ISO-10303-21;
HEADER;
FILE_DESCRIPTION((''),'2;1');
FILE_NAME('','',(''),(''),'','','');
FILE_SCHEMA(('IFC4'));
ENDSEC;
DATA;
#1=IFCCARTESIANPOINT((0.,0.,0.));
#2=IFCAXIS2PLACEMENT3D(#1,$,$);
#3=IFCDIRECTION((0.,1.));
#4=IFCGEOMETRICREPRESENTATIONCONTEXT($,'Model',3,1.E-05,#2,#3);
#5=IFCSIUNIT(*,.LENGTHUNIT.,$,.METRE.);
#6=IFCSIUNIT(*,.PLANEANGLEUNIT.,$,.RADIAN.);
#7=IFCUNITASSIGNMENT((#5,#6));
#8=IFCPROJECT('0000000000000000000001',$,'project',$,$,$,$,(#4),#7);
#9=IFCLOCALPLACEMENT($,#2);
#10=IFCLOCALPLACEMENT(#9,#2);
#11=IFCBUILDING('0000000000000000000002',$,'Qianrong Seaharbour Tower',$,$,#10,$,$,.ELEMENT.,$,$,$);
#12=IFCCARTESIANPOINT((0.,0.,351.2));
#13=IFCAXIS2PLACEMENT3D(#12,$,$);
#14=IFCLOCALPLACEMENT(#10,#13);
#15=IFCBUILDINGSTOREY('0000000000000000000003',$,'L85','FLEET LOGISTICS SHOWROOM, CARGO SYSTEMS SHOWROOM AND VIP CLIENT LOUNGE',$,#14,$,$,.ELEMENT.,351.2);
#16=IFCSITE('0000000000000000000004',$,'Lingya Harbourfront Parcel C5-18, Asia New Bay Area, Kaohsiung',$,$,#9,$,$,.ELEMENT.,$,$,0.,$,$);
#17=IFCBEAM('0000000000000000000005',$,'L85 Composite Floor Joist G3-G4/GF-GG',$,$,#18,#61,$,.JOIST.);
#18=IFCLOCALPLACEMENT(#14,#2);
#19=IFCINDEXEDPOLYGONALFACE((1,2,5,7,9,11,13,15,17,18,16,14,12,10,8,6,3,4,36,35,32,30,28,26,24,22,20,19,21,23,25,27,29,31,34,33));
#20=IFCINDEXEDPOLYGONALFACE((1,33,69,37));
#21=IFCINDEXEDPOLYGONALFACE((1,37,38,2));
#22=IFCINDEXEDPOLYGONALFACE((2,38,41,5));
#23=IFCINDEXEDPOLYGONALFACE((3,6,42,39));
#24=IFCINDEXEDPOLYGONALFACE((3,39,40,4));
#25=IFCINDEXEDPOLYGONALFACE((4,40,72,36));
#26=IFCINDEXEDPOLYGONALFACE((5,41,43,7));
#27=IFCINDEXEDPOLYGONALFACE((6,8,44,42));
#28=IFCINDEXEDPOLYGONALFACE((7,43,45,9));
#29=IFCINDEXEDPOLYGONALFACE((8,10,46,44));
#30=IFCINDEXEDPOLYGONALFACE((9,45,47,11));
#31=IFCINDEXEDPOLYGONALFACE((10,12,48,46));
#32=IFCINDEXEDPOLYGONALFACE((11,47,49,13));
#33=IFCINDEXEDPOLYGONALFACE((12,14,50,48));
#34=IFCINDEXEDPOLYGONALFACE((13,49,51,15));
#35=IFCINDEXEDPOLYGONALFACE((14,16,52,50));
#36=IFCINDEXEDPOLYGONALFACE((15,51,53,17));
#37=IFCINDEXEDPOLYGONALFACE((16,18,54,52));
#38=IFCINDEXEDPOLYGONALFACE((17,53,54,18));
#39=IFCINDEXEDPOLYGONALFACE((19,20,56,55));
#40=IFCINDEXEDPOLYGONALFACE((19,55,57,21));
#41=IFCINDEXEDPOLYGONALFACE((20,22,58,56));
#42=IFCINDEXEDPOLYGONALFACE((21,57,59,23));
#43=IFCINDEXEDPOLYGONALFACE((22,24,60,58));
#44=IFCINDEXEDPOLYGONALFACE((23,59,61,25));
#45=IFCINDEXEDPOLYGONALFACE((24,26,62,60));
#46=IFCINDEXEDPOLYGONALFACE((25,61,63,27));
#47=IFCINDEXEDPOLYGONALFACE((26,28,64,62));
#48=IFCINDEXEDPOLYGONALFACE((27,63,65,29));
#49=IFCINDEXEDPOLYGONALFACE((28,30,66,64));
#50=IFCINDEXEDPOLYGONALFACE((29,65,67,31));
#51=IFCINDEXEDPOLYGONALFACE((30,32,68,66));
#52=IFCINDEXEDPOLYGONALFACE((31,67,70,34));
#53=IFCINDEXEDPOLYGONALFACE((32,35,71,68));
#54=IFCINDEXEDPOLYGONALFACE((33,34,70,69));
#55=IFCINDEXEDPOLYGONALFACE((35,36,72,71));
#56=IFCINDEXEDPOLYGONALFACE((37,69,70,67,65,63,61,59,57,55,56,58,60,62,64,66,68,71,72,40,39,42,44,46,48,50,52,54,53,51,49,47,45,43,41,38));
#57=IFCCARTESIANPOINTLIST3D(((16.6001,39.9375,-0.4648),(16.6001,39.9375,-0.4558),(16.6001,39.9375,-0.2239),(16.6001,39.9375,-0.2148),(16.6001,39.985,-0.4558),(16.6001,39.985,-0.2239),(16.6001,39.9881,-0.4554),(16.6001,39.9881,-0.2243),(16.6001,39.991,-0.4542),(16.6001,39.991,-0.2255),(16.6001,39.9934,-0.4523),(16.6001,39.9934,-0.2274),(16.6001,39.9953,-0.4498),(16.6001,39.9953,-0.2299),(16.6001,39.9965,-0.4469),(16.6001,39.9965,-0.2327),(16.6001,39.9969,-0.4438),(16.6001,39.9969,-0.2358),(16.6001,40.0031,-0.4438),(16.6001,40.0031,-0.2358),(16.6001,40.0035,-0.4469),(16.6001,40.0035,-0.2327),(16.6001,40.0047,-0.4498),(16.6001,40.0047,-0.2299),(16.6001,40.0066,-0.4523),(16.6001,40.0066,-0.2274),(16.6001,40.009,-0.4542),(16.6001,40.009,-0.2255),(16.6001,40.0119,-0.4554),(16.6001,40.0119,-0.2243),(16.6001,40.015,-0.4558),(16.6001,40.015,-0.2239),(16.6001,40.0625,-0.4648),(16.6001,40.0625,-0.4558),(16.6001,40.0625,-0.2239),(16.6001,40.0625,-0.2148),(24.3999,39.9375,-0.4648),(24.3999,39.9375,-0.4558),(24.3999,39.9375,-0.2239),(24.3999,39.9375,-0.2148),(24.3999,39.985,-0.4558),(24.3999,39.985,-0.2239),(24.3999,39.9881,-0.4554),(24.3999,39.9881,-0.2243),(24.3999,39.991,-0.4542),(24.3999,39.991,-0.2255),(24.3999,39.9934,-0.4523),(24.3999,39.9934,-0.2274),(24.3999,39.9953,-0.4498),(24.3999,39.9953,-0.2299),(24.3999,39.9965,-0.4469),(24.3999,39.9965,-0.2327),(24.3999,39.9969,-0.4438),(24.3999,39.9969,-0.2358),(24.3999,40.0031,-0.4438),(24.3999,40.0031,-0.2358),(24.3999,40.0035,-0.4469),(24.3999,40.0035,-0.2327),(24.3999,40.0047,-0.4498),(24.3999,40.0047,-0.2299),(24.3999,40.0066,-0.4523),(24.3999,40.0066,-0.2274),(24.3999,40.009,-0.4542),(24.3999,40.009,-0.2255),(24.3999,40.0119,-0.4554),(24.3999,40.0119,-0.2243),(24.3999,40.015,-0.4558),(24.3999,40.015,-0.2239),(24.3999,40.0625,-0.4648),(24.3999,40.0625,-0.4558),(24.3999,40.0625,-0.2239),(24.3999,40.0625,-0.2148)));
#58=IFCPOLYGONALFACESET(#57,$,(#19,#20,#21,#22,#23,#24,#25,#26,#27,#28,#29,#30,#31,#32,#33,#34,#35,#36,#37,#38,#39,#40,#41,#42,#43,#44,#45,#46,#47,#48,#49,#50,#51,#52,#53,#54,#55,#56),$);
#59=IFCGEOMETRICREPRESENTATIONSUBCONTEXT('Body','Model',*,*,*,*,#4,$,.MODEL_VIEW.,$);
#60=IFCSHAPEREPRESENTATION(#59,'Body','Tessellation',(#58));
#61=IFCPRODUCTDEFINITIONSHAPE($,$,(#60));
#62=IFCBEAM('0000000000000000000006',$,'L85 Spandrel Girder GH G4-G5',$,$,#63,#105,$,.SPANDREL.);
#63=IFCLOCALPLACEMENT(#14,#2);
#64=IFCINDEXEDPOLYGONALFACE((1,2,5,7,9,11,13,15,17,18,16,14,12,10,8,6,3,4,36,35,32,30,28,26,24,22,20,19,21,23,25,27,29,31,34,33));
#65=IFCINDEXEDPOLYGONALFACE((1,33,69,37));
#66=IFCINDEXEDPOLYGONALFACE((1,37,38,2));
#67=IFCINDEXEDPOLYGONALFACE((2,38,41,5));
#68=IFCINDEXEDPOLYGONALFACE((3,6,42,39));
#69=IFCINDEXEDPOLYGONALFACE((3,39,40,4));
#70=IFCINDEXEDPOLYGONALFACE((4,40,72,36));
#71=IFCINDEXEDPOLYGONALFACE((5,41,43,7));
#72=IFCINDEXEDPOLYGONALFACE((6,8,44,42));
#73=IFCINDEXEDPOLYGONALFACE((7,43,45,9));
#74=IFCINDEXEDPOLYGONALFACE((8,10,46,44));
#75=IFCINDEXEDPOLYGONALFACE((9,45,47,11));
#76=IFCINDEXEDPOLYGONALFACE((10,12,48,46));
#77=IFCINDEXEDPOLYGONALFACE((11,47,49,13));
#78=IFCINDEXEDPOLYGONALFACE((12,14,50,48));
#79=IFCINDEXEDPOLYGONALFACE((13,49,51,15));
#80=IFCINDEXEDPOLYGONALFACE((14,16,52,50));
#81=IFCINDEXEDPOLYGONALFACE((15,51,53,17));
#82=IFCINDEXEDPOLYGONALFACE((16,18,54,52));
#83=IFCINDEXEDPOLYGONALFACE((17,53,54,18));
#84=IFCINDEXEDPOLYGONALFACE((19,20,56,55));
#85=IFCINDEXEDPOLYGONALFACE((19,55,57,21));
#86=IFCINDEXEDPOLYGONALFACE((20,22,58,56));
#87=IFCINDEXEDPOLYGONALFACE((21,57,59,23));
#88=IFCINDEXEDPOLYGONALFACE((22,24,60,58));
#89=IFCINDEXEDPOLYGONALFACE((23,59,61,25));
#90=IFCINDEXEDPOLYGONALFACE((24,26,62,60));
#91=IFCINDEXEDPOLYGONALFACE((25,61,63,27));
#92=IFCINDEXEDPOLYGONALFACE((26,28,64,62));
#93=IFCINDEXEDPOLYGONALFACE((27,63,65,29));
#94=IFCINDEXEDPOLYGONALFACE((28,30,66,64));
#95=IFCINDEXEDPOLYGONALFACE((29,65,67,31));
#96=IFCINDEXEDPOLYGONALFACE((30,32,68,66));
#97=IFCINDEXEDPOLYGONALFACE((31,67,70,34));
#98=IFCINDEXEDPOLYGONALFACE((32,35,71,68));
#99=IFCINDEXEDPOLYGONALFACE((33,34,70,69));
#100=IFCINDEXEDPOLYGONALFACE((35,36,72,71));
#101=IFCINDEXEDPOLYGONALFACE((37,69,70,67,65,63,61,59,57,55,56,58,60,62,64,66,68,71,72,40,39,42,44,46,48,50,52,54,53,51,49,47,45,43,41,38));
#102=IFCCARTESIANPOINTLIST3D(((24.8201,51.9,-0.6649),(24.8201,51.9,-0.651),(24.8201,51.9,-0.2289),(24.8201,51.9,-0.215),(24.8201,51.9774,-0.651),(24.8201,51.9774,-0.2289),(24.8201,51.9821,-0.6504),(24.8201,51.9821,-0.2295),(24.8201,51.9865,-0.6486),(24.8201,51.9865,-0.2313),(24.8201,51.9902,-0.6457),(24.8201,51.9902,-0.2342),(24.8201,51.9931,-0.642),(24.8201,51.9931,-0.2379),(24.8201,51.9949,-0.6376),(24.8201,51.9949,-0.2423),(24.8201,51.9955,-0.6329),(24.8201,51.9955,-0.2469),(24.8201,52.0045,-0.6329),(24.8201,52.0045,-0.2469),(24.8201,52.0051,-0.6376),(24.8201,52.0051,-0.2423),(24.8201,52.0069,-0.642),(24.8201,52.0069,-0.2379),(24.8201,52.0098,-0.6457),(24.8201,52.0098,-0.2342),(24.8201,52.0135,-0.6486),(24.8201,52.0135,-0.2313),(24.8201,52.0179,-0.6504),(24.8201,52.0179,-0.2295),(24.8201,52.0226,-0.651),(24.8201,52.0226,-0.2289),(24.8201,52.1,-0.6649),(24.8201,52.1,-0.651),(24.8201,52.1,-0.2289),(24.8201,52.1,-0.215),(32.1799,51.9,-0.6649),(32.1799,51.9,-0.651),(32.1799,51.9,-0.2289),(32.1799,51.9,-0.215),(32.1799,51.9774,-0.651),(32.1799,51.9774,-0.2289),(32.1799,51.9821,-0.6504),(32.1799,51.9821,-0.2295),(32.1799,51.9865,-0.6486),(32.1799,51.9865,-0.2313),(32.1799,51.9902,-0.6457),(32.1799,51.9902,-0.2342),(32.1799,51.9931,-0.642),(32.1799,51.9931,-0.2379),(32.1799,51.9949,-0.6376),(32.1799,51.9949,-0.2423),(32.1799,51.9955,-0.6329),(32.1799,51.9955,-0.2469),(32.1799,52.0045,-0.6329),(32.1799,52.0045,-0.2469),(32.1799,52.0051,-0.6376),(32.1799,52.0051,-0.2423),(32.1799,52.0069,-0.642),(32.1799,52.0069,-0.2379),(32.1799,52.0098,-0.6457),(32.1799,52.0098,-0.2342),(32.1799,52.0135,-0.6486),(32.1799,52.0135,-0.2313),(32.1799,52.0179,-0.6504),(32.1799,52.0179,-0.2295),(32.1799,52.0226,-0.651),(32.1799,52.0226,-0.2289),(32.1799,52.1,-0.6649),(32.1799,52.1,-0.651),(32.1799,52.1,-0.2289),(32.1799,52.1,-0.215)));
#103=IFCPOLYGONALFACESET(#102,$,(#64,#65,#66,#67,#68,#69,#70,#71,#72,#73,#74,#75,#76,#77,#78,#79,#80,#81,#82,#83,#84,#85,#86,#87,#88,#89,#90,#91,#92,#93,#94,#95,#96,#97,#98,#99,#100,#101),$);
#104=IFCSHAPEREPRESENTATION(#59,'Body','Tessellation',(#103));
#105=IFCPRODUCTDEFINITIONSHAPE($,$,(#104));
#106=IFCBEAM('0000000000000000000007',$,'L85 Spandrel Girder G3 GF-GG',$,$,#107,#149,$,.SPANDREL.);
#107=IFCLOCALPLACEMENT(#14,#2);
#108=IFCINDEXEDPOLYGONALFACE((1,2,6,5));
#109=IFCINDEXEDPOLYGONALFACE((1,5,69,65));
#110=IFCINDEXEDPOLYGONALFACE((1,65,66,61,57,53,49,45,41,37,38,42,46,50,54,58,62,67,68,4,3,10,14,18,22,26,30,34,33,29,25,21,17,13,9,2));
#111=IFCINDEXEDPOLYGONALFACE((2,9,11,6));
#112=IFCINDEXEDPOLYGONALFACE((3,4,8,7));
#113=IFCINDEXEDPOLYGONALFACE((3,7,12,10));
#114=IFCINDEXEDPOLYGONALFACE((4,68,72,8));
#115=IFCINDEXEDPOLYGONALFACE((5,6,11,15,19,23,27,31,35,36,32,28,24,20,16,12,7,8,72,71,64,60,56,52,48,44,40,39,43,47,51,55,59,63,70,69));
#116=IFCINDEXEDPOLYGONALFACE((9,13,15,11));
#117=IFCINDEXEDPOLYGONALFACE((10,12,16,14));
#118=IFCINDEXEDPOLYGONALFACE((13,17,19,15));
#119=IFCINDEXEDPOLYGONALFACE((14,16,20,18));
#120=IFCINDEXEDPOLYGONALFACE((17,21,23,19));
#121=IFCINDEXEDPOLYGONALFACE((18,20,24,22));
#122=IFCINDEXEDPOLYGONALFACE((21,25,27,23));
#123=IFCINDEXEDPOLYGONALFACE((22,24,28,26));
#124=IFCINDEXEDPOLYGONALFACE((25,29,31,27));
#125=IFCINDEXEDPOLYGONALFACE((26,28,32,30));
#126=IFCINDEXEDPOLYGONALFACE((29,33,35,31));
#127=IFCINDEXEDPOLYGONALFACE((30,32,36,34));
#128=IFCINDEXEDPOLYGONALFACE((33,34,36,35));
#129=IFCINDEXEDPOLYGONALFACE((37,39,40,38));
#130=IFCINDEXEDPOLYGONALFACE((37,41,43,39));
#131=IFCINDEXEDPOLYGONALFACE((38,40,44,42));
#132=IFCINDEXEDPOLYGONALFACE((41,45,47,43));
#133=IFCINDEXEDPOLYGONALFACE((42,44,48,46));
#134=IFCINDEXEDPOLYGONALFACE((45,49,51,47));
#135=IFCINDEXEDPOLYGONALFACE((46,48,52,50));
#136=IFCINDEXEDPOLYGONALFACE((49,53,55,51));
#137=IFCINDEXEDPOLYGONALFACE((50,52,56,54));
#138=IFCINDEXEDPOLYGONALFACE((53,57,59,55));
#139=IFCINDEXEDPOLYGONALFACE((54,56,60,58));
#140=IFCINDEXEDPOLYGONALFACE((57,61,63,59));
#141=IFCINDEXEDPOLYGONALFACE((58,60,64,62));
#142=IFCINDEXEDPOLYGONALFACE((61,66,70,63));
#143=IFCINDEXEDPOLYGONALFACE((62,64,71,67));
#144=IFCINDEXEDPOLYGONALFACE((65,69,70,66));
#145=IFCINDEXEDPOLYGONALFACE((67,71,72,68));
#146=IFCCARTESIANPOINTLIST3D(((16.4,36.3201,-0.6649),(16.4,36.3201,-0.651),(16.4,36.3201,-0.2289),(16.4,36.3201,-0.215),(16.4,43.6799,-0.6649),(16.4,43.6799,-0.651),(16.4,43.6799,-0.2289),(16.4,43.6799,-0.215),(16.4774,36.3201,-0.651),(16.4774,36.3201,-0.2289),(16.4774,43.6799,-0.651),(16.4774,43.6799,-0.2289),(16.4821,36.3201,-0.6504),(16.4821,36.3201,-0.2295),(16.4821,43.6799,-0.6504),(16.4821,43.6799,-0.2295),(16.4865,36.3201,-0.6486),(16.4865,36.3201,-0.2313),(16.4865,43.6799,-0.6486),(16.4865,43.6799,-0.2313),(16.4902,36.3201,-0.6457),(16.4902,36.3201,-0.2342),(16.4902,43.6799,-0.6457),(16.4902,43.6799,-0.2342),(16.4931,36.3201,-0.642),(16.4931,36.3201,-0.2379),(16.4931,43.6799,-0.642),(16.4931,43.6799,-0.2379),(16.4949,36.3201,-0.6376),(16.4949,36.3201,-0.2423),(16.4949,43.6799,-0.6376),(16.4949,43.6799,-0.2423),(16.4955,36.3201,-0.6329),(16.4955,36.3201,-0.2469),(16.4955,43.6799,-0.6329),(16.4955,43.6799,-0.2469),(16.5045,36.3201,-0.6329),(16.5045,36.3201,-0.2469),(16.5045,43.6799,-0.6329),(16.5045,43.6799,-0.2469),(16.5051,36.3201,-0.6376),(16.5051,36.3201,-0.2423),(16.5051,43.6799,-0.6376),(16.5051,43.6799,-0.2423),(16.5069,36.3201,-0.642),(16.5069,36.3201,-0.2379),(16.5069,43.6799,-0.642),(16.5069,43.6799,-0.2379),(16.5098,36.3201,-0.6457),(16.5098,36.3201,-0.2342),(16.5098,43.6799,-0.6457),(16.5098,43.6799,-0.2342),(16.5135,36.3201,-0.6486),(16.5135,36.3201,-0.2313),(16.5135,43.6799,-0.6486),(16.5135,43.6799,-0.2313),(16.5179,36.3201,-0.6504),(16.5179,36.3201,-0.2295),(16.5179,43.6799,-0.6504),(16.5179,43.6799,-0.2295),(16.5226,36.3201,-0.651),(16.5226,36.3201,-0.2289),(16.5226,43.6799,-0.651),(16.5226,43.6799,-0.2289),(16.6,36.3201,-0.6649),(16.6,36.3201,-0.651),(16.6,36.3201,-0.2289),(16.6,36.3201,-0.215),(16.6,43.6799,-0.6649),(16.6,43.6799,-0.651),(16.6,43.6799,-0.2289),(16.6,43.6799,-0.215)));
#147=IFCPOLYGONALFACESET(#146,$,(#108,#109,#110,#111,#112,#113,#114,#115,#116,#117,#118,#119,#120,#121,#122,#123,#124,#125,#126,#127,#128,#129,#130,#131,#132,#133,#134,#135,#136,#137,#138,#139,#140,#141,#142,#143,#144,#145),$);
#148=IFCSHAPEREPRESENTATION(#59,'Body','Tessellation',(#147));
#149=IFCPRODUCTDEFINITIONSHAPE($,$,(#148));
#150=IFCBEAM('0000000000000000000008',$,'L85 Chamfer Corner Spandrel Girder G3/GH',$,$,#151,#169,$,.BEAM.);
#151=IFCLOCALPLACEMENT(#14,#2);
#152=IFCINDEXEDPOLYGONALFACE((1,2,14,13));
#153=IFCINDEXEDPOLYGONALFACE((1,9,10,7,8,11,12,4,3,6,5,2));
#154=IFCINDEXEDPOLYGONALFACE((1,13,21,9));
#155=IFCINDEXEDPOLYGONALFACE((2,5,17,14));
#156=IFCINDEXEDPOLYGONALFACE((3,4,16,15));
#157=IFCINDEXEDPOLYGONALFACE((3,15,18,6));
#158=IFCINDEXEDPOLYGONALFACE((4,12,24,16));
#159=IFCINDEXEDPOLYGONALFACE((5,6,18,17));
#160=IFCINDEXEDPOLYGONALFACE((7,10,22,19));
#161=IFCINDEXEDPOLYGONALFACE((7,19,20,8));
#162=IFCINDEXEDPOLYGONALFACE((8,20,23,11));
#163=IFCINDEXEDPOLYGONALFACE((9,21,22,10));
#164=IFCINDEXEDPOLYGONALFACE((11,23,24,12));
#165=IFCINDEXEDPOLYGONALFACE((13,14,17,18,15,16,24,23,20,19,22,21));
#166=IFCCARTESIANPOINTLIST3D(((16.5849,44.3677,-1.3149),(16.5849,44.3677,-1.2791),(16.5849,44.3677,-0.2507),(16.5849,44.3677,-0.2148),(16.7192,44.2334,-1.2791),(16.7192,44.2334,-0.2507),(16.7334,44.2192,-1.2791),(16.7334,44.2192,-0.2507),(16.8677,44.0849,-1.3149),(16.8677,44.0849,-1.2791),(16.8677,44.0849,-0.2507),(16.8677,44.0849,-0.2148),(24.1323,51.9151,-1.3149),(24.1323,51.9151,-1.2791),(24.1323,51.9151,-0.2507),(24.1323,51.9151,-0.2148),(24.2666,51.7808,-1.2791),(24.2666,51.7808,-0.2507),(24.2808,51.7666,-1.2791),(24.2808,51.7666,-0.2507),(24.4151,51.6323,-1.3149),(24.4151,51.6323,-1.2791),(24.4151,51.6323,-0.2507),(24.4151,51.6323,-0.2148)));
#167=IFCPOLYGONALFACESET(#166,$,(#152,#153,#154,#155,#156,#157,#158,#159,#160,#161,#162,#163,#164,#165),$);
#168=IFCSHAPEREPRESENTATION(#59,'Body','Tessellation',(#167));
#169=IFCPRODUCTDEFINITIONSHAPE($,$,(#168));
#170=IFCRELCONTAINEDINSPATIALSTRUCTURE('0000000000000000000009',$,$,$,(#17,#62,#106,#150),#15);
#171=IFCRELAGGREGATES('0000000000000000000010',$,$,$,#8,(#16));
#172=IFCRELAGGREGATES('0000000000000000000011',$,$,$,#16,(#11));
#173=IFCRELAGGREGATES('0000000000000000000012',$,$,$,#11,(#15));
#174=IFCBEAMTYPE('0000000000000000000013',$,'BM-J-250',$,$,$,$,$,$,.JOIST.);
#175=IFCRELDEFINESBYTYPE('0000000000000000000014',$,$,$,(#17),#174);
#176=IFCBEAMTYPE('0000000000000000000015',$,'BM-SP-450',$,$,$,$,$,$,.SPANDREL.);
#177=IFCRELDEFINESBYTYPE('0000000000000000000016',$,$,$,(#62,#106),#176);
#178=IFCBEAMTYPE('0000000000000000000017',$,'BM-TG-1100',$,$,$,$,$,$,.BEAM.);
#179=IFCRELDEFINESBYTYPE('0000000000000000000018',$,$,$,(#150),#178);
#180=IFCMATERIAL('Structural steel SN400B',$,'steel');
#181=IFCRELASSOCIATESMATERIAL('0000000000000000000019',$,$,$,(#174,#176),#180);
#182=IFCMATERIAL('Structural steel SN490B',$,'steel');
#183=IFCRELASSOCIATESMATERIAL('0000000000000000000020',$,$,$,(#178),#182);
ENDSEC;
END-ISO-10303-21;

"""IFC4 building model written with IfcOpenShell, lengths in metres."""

from ifc_helpers import new_model, si_unit, direction, frame, origin, origin_2d, place, context, subcontext, project, spatial, i_section, extrude, material, material_profile, profile_set, type_object, element, save


model = new_model("IFC4")

# Units and contexts
model_context = context("Model", 3, precision=1e-05, world=origin(), true_north=direction((0.0, 1.0)))
body_context = subcontext(model_context, "Body", "Model", "MODEL_VIEW")
ifc_project = project(units=[si_unit("LENGTHUNIT", "METRE"), si_unit("PLANEANGLEUNIT", "RADIAN")], contexts=[model_context])

# Site, building, storey
site_placement = place(None, origin())
site = spatial("IfcSite", under=ifc_project, at=site_placement, Name="Lingya Harbourfront Parcel C5-18, Asia New Bay Area, Kaohsiung", CompositionType="ELEMENT", RefElevation=0.0)
building_placement = place(site_placement, origin())
building = spatial("IfcBuilding", under=site, at=building_placement, Name="Qianrong Seaharbour Tower", CompositionType="ELEMENT")
storey_placement = place(building_placement, frame((0.0, 0.0, 351.2)))
storey = spatial("IfcBuildingStorey", under=building, at=storey_placement, Name="L85", Description="FLEET LOGISTICS SHOWROOM, CARGO SYSTEMS SHOWROOM AND VIP CLIENT LOUNGE", CompositionType="ELEMENT", Elevation=351.2)

# Shared definitions
ifc_material_1 = material(Name="Structural steel SN400B", Category="steel")

# Beams
ifc_material_2 = material(Name="Structural steel SN490B", Category="steel")
ifc_material_profile_1 = material_profile(ifc_material_1, i_section(OverallWidth=0.125, OverallDepth=0.25, WebThickness=0.0061, FlangeThickness=0.009, FilletRadius=0.012, at=origin_2d()), Name="H250x125x6x9")
ifc_profile_set_1 = profile_set([ifc_material_profile_1], Name="Structural steel SN400B")
beam_type_1 = type_object("IfcBeamType", Name="BM-J-250", PredefinedType="JOIST", material=ifc_profile_set_1)
beam_1_placement = place(storey_placement, frame((16.6001, 40.0, -0.3398), z_axis=(1.0, 0.0, 0.0), x_axis=(0.0, 1.0, 0.0)))
element("IfcBeam", 1, at=beam_1_placement, inside=storey, type_object=beam_type_1, Name="L85 Composite Floor Joist G3-G4/GF-GG", PredefinedType="JOIST", context=body_context, shape_type="SweptSolid", body=[
    extrude(i_section(OverallWidth=0.125, OverallDepth=0.25, WebThickness=0.0061, FlangeThickness=0.009, FilletRadius=0.012, at=origin_2d()), origin(), (0.0, 0.0, 1.0), 7.7998),
])
ifc_material_profile_2 = material_profile(ifc_material_1, i_section(OverallWidth=0.2, OverallDepth=0.45, WebThickness=0.009, FlangeThickness=0.0139, FilletRadius=0.0181, at=origin_2d()), Name="H450x200x9x14")
ifc_profile_set_2 = profile_set([ifc_material_profile_2], Name="Structural steel SN400B")
beam_type_2 = type_object("IfcBeamType", Name="BM-SP-450", PredefinedType="SPANDREL", material=ifc_profile_set_2)
for number, where, z_axis, x_axis, name in (
    (2, (24.8201, 52.0, -0.4399), (1.0, 0.0, 0.0), (0.0, 1.0, 0.0), "L85 Spandrel Girder GH G4-G5"),
    (3, (16.5, 36.3201, -0.4399), (0.0, 1.0, 0.0), (-1.0, 0.0, 0.0), "L85 Spandrel Girder G3 GF-GG"),
):
    element("IfcBeam", number, at=place(storey_placement, frame(where, z_axis=z_axis, x_axis=x_axis)), inside=storey, type_object=beam_type_2, Name=name, PredefinedType="SPANDREL", context=body_context, shape_type="SweptSolid", body=[
        extrude(i_section(OverallWidth=0.2, OverallDepth=0.45, WebThickness=0.009, FlangeThickness=0.0139, FilletRadius=0.0181, at=origin_2d()), origin(), (0.0, 0.0, 1.0), 7.3599),
    ])
ifc_material_profile_3 = material_profile(ifc_material_2, i_section(OverallWidth=0.3999, OverallDepth=1.1001, WebThickness=0.02, FlangeThickness=0.0359, at=origin_2d()), Name="BH1100x400x20x36")
ifc_profile_set_3 = profile_set([ifc_material_profile_3], Name="Structural steel SN490B")
beam_type_3 = type_object("IfcBeamType", Name="BM-TG-1100", PredefinedType="BEAM", material=ifc_profile_set_3)
beam_2_placement = place(storey_placement, frame((24.2737, 51.7737, -0.7649), z_axis=(-0.707107, -0.707107, 0.0), x_axis=(0.707107, -0.707107, 0.0)))
element("IfcBeam", 4, at=beam_2_placement, inside=storey, type_object=beam_type_3, Name="L85 Chamfer Corner Spandrel Girder G3/GH", PredefinedType="BEAM", context=body_context, shape_type="SweptSolid", body=[
    extrude(i_section(OverallWidth=0.3999, OverallDepth=1.1001, WebThickness=0.02, FlangeThickness=0.0359, at=origin_2d()), origin(), (0.0, 0.0, 1.0), 10.6736),
])

save(model, "model.ifc")
